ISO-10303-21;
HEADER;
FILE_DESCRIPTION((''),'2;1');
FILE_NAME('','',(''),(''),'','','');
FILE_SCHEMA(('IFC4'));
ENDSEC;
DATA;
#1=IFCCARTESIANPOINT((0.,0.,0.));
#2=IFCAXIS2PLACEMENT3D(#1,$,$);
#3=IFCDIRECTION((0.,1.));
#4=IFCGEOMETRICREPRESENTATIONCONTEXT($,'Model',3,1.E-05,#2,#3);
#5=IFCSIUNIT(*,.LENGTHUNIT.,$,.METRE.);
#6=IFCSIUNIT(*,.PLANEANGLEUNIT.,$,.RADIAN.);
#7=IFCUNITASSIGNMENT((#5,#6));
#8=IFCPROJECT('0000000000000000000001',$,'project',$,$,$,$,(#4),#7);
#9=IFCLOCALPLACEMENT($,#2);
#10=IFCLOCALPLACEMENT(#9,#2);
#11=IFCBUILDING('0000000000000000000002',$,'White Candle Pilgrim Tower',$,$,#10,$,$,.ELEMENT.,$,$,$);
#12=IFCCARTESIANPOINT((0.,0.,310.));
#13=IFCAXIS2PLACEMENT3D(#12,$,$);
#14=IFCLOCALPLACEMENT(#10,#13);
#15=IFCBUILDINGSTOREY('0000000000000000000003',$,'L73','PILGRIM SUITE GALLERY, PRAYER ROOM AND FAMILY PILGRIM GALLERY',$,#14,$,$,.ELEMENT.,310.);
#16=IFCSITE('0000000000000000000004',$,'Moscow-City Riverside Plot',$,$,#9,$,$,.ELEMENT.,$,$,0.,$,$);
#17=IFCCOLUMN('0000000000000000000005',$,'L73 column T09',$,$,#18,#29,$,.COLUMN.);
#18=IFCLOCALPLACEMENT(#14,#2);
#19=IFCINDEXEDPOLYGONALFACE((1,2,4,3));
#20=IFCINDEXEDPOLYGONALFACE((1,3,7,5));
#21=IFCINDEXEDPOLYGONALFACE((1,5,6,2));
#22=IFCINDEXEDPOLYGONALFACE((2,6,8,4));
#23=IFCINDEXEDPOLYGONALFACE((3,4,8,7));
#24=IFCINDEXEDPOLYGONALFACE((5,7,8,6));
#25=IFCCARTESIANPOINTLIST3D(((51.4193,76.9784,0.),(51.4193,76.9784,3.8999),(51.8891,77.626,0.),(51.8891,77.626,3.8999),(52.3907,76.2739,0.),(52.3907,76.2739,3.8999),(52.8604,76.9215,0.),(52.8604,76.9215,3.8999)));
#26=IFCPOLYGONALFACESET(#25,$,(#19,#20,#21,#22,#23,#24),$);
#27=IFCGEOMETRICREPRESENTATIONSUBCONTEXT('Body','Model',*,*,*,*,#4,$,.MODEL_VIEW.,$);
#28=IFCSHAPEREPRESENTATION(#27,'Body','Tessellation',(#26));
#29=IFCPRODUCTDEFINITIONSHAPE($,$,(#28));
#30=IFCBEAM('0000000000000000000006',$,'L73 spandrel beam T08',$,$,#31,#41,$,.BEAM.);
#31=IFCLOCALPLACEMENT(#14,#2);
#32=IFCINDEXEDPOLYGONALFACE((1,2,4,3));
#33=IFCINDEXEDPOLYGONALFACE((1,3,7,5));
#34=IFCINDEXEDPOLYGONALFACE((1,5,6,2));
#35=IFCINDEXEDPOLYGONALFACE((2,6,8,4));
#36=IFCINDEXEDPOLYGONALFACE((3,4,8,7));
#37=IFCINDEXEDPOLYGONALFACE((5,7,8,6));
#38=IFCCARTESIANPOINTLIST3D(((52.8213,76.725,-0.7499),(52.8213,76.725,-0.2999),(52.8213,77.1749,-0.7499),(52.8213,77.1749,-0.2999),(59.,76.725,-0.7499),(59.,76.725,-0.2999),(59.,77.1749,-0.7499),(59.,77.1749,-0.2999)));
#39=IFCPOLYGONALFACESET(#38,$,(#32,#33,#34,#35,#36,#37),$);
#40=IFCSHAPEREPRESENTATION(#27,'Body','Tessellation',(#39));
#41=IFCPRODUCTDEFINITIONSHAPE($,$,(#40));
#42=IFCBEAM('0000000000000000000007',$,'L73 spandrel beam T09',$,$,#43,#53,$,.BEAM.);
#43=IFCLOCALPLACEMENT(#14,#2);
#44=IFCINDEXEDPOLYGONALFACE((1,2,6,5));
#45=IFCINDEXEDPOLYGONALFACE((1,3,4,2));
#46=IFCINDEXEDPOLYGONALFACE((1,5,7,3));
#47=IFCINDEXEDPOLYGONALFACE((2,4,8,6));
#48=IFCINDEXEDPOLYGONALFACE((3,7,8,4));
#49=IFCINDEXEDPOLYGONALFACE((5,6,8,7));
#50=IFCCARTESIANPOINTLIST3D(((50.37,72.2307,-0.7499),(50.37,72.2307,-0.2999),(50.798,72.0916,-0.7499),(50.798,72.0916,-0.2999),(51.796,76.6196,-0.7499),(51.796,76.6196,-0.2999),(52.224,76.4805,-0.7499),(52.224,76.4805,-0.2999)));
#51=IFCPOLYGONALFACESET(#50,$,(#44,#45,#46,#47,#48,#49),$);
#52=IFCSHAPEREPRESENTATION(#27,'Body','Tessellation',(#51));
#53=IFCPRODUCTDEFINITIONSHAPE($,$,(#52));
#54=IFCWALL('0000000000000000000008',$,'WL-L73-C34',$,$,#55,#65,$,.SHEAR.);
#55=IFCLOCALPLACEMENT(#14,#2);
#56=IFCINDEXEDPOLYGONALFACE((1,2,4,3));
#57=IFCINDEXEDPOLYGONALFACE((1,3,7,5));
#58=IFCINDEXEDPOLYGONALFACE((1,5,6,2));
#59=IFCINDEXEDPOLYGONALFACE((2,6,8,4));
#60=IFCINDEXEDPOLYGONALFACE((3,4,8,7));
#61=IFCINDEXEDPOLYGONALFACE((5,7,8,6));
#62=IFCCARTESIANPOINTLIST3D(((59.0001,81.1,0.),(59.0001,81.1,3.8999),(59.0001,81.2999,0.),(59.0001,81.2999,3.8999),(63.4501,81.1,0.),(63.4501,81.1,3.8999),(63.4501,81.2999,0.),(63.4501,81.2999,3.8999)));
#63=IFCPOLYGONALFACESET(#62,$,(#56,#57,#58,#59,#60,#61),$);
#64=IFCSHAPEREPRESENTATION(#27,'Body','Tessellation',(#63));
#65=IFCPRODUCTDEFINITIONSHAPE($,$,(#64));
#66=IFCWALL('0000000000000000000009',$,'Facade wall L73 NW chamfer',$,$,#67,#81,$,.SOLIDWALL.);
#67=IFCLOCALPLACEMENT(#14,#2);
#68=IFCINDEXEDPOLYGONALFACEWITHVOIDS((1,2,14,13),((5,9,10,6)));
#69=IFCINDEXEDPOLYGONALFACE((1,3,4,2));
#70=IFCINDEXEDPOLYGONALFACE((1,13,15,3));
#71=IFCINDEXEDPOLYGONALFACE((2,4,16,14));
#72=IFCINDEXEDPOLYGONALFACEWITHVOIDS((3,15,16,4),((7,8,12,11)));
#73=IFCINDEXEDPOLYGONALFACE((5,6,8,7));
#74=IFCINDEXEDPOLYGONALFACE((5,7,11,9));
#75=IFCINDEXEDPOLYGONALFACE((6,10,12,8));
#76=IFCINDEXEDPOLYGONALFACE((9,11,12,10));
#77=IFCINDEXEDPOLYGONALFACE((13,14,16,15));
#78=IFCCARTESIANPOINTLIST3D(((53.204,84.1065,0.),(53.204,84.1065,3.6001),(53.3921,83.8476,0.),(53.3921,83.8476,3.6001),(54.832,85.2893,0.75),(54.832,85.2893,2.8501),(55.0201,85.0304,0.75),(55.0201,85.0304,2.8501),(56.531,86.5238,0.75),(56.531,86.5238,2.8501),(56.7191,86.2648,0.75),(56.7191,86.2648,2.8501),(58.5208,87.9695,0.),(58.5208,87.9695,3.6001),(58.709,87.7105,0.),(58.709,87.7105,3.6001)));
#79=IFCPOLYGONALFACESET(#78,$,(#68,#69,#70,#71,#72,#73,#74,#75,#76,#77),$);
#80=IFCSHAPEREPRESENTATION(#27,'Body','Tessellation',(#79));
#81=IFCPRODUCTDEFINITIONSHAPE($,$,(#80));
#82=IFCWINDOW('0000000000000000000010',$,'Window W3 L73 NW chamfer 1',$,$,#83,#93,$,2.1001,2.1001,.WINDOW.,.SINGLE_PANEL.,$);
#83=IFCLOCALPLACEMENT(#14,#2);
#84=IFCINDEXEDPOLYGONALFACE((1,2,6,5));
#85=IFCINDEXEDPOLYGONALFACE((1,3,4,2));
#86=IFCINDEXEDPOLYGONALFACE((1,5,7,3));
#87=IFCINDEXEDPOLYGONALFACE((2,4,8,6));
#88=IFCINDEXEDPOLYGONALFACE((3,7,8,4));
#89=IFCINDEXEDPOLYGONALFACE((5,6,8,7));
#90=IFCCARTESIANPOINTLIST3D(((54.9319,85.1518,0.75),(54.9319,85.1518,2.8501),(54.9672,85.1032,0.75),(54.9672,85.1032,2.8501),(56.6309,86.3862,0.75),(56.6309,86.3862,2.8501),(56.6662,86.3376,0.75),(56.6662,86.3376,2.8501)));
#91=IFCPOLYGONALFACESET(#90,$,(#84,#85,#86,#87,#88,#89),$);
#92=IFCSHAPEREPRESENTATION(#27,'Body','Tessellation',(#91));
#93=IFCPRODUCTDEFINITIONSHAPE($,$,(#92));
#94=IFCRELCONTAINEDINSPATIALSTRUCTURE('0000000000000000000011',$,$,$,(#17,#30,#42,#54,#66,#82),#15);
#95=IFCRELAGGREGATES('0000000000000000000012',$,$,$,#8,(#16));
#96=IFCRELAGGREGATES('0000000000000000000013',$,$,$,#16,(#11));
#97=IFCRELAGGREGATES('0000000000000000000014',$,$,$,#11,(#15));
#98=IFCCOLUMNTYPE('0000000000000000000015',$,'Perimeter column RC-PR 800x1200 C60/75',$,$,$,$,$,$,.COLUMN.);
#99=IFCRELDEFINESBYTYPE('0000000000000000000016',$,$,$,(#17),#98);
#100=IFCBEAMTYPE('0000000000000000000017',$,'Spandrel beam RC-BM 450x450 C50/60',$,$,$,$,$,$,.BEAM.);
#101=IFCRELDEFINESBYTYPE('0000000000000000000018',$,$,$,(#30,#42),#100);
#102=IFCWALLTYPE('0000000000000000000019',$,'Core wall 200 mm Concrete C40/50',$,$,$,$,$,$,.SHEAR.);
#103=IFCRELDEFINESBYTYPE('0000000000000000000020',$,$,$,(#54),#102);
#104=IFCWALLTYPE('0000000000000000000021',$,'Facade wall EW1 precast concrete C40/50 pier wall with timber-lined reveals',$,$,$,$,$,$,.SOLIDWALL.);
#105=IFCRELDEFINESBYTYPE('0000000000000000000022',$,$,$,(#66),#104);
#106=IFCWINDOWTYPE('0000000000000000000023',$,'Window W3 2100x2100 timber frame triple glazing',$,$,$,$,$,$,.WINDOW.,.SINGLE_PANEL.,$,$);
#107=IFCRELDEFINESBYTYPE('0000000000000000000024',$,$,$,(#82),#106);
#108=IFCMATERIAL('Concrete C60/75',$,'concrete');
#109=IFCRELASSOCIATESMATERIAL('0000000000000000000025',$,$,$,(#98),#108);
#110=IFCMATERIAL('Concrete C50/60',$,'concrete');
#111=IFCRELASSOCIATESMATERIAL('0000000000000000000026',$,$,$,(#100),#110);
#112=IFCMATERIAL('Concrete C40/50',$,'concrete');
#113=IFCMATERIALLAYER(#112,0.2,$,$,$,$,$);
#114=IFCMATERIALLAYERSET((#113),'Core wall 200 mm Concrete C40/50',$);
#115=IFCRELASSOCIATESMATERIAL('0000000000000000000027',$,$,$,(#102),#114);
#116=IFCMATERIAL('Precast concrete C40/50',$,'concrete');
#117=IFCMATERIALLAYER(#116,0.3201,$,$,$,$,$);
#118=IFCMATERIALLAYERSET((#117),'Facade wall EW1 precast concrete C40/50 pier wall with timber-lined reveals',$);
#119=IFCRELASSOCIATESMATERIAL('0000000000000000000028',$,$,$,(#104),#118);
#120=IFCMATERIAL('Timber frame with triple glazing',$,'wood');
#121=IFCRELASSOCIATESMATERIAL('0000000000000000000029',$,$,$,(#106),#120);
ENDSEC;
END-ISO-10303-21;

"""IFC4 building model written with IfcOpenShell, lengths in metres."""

from ifc_helpers import new_model, si_unit, direction, frame, frame_2d, origin, origin_2d, place, context, subcontext, project, spatial, rectangle, extrude, material, layer, layer_set, material_profile, profile_set, type_object, element, fill, save


model = new_model("IFC4")

# Units and contexts
model_context = context("Model", 3, precision=1e-05, world=origin(), true_north=direction((0.0, 1.0)))
body_context = subcontext(model_context, "Body", "Model", "MODEL_VIEW")
ifc_project = project(units=[si_unit("LENGTHUNIT", "METRE"), si_unit("PLANEANGLEUNIT", "RADIAN")], contexts=[model_context])

# Site, building, storey
site_placement = place(None, origin())
site = spatial("IfcSite", under=ifc_project, at=site_placement, Name="Moscow-City Riverside Plot", CompositionType="ELEMENT", RefElevation=0.0)
building_placement = place(site_placement, origin())
building = spatial("IfcBuilding", under=site, at=building_placement, Name="White Candle Pilgrim Tower", CompositionType="ELEMENT")
storey_placement = place(building_placement, frame((0.0, 0.0, 310.0)))
storey = spatial("IfcBuildingStorey", under=building, at=storey_placement, Name="L73", Description="PILGRIM SUITE GALLERY, PRAYER ROOM AND FAMILY PILGRIM GALLERY", CompositionType="ELEMENT", Elevation=310.0)

# Column
ifc_material_1 = material(Name="Concrete C60/75", Category="concrete")
ifc_material_profile_1 = material_profile(ifc_material_1, rectangle(XDim=0.8, YDim=1.2, at=origin_2d()), Name="RC-PR 800x1200")
ifc_profile_set_1 = profile_set([ifc_material_profile_1], Name="Concrete C60/75")
column_type = type_object("IfcColumnType", Name="Perimeter column RC-PR 800x1200 C60/75", PredefinedType="COLUMN", material=ifc_profile_set_1)
column_placement = place(storey_placement, frame((52.1399, 76.95, 0.0), z_axis=(0.0, 0.0, 1.0), x_axis=(0.587107, 0.809509, 0.0)))
element("IfcColumn", 1, at=column_placement, inside=storey, type_object=column_type, Name="L73 column T09", PredefinedType="COLUMN", context=body_context, shape_type="SweptSolid", body=[
    extrude(rectangle(XDim=0.8, YDim=1.2, at=origin_2d()), origin(), (0.0, 0.0, 1.0), 3.8999),
])

# Beams
ifc_material_2 = material(Name="Concrete C50/60", Category="concrete")
ifc_material_profile_2 = material_profile(ifc_material_2, rectangle(XDim=0.45, YDim=0.45, at=origin_2d()), Name="RC-BM 450x450")
ifc_profile_set_2 = profile_set([ifc_material_profile_2], Name="Concrete C50/60")
beam_type = type_object("IfcBeamType", Name="Spandrel beam RC-BM 450x450 C50/60", PredefinedType="BEAM", material=ifc_profile_set_2)
beam_1_placement = place(storey_placement, frame((52.8213, 76.95, -0.5249), z_axis=(1.0, 0.0, 0.0), x_axis=(0.0, 1.0, 0.0)))
element("IfcBeam", 2, at=beam_1_placement, inside=storey, type_object=beam_type, Name="L73 spandrel beam T08", PredefinedType="BEAM", context=body_context, shape_type="SweptSolid", body=[
    extrude(rectangle(XDim=0.45, YDim=0.45, at=origin_2d()), origin(), (0.0, 0.0, 1.0), 6.1787),
])
beam_2_placement = place(storey_placement, frame((52.01, 76.55, -0.5249), z_axis=(-0.309013, -0.951058, 0.0), x_axis=(0.951058, -0.309013, 0.0)))
element("IfcBeam", 3, at=beam_2_placement, inside=storey, type_object=beam_type, Name="L73 spandrel beam T09", PredefinedType="BEAM", context=body_context, shape_type="SweptSolid", body=[
    extrude(rectangle(XDim=0.45, YDim=0.45, at=origin_2d()), origin(), (0.0, 0.0, 1.0), 4.6147),
])

# Wall
ifc_material_3 = material(Name="Concrete C40/50", Category="concrete")
ifc_layer_1 = layer(ifc_material_3, 0.2)
ifc_layer_set_1 = layer_set([ifc_layer_1], Name="Core wall 200 mm Concrete C40/50")
wall_type_1 = type_object("IfcWallType", Name="Core wall 200 mm Concrete C40/50", PredefinedType="SHEAR", material=ifc_layer_set_1)
wall_1_placement = place(storey_placement, frame((59.0, 81.2, 0.0), z_axis=(0.0, 0.0, 1.0), x_axis=(1.0, 0.0, 0.0)))
element("IfcWall", 4, at=wall_1_placement, inside=storey, type_object=wall_type_1, Name="WL-L73-C34", PredefinedType="SHEAR", context=body_context, shape_type="SweptSolid", body=[
    extrude(rectangle(XDim=4.45, YDim=0.2, at=frame_2d((2.2251, 0.0))), origin(), (0.0, 0.0, 1.0), 3.8999),
])

# Wall, opening, window
ifc_material_4 = material(Name="Precast concrete C40/50", Category="concrete")
ifc_layer_2 = layer(ifc_material_4, 0.3201)
ifc_layer_set_2 = layer_set([ifc_layer_2], Name="Facade wall EW1 precast concrete C40/50 pier wall with timber-lined reveals")
wall_type_2 = type_object("IfcWallType", Name="Facade wall EW1 precast concrete C40/50 pier wall with timber-lined reveals", PredefinedType="SOLIDWALL", material=ifc_layer_set_2)
wall_2_placement = place(storey_placement, frame((58.615, 87.8401, 0.0), z_axis=(0.0, 0.0, 1.0), x_axis=(-0.809011, -0.587794, 0.0)))
wall_2 = element("IfcWall", 5, at=wall_2_placement, inside=storey, type_object=wall_type_2, Name="Facade wall L73 NW chamfer", PredefinedType="SOLIDWALL", context=body_context, shape_type="SweptSolid", body=[
    extrude(rectangle(XDim=6.572, YDim=0.3201, at=frame_2d((3.2861, 0.0))), origin(), (0.0, 0.0, 1.0), 3.6001),
])
opening_1_placement = place(wall_2_placement, frame((2.4597, 0.0, 0.75)))
opening_1 = element("IfcOpeningElement", 6, at=opening_1_placement, cuts=wall_2, PredefinedType="OPENING", context=body_context, shape_type="SweptSolid", body=[
    extrude(rectangle(XDim=2.1001, YDim=2.1001, at=frame_2d((1.05, 1.05))), frame((0.0, 0.1699, 0.0), z_axis=(0.0, -1.0, 0.0), x_axis=(1.0, 0.0, 0.0)), (0.0, 0.0, 1.0), 0.3401),
])
ifc_material_5 = material(Name="Timber frame with triple glazing", Category="wood")
window_type_1 = type_object("IfcWindowType", Name="Window W3 2100x2100 timber frame triple glazing", PartitioningType="SINGLE_PANEL", PredefinedType="WINDOW", material=ifc_material_5)
window_1_placement = place(opening_1_placement, origin())
window_1 = element("IfcWindow", 7, at=window_1_placement, inside=storey, type_object=window_type_1, Name="Window W3 L73 NW chamfer 1", OverallHeight=2.1001, OverallWidth=2.1001, PartitioningType="SINGLE_PANEL", PredefinedType="WINDOW", context=body_context, shape_type="SweptSolid", body=[
    extrude(rectangle(XDim=2.1001, YDim=2.1001, at=frame_2d((1.05, 1.05))), frame((0.0, 0.0701, 0.0), z_axis=(0.0, -1.0, 0.0), x_axis=(1.0, 0.0, 0.0)), (0.0, 0.0, 1.0), 0.0601),
])
fill(opening_1, window_1)

save(model, "model.ifc")
